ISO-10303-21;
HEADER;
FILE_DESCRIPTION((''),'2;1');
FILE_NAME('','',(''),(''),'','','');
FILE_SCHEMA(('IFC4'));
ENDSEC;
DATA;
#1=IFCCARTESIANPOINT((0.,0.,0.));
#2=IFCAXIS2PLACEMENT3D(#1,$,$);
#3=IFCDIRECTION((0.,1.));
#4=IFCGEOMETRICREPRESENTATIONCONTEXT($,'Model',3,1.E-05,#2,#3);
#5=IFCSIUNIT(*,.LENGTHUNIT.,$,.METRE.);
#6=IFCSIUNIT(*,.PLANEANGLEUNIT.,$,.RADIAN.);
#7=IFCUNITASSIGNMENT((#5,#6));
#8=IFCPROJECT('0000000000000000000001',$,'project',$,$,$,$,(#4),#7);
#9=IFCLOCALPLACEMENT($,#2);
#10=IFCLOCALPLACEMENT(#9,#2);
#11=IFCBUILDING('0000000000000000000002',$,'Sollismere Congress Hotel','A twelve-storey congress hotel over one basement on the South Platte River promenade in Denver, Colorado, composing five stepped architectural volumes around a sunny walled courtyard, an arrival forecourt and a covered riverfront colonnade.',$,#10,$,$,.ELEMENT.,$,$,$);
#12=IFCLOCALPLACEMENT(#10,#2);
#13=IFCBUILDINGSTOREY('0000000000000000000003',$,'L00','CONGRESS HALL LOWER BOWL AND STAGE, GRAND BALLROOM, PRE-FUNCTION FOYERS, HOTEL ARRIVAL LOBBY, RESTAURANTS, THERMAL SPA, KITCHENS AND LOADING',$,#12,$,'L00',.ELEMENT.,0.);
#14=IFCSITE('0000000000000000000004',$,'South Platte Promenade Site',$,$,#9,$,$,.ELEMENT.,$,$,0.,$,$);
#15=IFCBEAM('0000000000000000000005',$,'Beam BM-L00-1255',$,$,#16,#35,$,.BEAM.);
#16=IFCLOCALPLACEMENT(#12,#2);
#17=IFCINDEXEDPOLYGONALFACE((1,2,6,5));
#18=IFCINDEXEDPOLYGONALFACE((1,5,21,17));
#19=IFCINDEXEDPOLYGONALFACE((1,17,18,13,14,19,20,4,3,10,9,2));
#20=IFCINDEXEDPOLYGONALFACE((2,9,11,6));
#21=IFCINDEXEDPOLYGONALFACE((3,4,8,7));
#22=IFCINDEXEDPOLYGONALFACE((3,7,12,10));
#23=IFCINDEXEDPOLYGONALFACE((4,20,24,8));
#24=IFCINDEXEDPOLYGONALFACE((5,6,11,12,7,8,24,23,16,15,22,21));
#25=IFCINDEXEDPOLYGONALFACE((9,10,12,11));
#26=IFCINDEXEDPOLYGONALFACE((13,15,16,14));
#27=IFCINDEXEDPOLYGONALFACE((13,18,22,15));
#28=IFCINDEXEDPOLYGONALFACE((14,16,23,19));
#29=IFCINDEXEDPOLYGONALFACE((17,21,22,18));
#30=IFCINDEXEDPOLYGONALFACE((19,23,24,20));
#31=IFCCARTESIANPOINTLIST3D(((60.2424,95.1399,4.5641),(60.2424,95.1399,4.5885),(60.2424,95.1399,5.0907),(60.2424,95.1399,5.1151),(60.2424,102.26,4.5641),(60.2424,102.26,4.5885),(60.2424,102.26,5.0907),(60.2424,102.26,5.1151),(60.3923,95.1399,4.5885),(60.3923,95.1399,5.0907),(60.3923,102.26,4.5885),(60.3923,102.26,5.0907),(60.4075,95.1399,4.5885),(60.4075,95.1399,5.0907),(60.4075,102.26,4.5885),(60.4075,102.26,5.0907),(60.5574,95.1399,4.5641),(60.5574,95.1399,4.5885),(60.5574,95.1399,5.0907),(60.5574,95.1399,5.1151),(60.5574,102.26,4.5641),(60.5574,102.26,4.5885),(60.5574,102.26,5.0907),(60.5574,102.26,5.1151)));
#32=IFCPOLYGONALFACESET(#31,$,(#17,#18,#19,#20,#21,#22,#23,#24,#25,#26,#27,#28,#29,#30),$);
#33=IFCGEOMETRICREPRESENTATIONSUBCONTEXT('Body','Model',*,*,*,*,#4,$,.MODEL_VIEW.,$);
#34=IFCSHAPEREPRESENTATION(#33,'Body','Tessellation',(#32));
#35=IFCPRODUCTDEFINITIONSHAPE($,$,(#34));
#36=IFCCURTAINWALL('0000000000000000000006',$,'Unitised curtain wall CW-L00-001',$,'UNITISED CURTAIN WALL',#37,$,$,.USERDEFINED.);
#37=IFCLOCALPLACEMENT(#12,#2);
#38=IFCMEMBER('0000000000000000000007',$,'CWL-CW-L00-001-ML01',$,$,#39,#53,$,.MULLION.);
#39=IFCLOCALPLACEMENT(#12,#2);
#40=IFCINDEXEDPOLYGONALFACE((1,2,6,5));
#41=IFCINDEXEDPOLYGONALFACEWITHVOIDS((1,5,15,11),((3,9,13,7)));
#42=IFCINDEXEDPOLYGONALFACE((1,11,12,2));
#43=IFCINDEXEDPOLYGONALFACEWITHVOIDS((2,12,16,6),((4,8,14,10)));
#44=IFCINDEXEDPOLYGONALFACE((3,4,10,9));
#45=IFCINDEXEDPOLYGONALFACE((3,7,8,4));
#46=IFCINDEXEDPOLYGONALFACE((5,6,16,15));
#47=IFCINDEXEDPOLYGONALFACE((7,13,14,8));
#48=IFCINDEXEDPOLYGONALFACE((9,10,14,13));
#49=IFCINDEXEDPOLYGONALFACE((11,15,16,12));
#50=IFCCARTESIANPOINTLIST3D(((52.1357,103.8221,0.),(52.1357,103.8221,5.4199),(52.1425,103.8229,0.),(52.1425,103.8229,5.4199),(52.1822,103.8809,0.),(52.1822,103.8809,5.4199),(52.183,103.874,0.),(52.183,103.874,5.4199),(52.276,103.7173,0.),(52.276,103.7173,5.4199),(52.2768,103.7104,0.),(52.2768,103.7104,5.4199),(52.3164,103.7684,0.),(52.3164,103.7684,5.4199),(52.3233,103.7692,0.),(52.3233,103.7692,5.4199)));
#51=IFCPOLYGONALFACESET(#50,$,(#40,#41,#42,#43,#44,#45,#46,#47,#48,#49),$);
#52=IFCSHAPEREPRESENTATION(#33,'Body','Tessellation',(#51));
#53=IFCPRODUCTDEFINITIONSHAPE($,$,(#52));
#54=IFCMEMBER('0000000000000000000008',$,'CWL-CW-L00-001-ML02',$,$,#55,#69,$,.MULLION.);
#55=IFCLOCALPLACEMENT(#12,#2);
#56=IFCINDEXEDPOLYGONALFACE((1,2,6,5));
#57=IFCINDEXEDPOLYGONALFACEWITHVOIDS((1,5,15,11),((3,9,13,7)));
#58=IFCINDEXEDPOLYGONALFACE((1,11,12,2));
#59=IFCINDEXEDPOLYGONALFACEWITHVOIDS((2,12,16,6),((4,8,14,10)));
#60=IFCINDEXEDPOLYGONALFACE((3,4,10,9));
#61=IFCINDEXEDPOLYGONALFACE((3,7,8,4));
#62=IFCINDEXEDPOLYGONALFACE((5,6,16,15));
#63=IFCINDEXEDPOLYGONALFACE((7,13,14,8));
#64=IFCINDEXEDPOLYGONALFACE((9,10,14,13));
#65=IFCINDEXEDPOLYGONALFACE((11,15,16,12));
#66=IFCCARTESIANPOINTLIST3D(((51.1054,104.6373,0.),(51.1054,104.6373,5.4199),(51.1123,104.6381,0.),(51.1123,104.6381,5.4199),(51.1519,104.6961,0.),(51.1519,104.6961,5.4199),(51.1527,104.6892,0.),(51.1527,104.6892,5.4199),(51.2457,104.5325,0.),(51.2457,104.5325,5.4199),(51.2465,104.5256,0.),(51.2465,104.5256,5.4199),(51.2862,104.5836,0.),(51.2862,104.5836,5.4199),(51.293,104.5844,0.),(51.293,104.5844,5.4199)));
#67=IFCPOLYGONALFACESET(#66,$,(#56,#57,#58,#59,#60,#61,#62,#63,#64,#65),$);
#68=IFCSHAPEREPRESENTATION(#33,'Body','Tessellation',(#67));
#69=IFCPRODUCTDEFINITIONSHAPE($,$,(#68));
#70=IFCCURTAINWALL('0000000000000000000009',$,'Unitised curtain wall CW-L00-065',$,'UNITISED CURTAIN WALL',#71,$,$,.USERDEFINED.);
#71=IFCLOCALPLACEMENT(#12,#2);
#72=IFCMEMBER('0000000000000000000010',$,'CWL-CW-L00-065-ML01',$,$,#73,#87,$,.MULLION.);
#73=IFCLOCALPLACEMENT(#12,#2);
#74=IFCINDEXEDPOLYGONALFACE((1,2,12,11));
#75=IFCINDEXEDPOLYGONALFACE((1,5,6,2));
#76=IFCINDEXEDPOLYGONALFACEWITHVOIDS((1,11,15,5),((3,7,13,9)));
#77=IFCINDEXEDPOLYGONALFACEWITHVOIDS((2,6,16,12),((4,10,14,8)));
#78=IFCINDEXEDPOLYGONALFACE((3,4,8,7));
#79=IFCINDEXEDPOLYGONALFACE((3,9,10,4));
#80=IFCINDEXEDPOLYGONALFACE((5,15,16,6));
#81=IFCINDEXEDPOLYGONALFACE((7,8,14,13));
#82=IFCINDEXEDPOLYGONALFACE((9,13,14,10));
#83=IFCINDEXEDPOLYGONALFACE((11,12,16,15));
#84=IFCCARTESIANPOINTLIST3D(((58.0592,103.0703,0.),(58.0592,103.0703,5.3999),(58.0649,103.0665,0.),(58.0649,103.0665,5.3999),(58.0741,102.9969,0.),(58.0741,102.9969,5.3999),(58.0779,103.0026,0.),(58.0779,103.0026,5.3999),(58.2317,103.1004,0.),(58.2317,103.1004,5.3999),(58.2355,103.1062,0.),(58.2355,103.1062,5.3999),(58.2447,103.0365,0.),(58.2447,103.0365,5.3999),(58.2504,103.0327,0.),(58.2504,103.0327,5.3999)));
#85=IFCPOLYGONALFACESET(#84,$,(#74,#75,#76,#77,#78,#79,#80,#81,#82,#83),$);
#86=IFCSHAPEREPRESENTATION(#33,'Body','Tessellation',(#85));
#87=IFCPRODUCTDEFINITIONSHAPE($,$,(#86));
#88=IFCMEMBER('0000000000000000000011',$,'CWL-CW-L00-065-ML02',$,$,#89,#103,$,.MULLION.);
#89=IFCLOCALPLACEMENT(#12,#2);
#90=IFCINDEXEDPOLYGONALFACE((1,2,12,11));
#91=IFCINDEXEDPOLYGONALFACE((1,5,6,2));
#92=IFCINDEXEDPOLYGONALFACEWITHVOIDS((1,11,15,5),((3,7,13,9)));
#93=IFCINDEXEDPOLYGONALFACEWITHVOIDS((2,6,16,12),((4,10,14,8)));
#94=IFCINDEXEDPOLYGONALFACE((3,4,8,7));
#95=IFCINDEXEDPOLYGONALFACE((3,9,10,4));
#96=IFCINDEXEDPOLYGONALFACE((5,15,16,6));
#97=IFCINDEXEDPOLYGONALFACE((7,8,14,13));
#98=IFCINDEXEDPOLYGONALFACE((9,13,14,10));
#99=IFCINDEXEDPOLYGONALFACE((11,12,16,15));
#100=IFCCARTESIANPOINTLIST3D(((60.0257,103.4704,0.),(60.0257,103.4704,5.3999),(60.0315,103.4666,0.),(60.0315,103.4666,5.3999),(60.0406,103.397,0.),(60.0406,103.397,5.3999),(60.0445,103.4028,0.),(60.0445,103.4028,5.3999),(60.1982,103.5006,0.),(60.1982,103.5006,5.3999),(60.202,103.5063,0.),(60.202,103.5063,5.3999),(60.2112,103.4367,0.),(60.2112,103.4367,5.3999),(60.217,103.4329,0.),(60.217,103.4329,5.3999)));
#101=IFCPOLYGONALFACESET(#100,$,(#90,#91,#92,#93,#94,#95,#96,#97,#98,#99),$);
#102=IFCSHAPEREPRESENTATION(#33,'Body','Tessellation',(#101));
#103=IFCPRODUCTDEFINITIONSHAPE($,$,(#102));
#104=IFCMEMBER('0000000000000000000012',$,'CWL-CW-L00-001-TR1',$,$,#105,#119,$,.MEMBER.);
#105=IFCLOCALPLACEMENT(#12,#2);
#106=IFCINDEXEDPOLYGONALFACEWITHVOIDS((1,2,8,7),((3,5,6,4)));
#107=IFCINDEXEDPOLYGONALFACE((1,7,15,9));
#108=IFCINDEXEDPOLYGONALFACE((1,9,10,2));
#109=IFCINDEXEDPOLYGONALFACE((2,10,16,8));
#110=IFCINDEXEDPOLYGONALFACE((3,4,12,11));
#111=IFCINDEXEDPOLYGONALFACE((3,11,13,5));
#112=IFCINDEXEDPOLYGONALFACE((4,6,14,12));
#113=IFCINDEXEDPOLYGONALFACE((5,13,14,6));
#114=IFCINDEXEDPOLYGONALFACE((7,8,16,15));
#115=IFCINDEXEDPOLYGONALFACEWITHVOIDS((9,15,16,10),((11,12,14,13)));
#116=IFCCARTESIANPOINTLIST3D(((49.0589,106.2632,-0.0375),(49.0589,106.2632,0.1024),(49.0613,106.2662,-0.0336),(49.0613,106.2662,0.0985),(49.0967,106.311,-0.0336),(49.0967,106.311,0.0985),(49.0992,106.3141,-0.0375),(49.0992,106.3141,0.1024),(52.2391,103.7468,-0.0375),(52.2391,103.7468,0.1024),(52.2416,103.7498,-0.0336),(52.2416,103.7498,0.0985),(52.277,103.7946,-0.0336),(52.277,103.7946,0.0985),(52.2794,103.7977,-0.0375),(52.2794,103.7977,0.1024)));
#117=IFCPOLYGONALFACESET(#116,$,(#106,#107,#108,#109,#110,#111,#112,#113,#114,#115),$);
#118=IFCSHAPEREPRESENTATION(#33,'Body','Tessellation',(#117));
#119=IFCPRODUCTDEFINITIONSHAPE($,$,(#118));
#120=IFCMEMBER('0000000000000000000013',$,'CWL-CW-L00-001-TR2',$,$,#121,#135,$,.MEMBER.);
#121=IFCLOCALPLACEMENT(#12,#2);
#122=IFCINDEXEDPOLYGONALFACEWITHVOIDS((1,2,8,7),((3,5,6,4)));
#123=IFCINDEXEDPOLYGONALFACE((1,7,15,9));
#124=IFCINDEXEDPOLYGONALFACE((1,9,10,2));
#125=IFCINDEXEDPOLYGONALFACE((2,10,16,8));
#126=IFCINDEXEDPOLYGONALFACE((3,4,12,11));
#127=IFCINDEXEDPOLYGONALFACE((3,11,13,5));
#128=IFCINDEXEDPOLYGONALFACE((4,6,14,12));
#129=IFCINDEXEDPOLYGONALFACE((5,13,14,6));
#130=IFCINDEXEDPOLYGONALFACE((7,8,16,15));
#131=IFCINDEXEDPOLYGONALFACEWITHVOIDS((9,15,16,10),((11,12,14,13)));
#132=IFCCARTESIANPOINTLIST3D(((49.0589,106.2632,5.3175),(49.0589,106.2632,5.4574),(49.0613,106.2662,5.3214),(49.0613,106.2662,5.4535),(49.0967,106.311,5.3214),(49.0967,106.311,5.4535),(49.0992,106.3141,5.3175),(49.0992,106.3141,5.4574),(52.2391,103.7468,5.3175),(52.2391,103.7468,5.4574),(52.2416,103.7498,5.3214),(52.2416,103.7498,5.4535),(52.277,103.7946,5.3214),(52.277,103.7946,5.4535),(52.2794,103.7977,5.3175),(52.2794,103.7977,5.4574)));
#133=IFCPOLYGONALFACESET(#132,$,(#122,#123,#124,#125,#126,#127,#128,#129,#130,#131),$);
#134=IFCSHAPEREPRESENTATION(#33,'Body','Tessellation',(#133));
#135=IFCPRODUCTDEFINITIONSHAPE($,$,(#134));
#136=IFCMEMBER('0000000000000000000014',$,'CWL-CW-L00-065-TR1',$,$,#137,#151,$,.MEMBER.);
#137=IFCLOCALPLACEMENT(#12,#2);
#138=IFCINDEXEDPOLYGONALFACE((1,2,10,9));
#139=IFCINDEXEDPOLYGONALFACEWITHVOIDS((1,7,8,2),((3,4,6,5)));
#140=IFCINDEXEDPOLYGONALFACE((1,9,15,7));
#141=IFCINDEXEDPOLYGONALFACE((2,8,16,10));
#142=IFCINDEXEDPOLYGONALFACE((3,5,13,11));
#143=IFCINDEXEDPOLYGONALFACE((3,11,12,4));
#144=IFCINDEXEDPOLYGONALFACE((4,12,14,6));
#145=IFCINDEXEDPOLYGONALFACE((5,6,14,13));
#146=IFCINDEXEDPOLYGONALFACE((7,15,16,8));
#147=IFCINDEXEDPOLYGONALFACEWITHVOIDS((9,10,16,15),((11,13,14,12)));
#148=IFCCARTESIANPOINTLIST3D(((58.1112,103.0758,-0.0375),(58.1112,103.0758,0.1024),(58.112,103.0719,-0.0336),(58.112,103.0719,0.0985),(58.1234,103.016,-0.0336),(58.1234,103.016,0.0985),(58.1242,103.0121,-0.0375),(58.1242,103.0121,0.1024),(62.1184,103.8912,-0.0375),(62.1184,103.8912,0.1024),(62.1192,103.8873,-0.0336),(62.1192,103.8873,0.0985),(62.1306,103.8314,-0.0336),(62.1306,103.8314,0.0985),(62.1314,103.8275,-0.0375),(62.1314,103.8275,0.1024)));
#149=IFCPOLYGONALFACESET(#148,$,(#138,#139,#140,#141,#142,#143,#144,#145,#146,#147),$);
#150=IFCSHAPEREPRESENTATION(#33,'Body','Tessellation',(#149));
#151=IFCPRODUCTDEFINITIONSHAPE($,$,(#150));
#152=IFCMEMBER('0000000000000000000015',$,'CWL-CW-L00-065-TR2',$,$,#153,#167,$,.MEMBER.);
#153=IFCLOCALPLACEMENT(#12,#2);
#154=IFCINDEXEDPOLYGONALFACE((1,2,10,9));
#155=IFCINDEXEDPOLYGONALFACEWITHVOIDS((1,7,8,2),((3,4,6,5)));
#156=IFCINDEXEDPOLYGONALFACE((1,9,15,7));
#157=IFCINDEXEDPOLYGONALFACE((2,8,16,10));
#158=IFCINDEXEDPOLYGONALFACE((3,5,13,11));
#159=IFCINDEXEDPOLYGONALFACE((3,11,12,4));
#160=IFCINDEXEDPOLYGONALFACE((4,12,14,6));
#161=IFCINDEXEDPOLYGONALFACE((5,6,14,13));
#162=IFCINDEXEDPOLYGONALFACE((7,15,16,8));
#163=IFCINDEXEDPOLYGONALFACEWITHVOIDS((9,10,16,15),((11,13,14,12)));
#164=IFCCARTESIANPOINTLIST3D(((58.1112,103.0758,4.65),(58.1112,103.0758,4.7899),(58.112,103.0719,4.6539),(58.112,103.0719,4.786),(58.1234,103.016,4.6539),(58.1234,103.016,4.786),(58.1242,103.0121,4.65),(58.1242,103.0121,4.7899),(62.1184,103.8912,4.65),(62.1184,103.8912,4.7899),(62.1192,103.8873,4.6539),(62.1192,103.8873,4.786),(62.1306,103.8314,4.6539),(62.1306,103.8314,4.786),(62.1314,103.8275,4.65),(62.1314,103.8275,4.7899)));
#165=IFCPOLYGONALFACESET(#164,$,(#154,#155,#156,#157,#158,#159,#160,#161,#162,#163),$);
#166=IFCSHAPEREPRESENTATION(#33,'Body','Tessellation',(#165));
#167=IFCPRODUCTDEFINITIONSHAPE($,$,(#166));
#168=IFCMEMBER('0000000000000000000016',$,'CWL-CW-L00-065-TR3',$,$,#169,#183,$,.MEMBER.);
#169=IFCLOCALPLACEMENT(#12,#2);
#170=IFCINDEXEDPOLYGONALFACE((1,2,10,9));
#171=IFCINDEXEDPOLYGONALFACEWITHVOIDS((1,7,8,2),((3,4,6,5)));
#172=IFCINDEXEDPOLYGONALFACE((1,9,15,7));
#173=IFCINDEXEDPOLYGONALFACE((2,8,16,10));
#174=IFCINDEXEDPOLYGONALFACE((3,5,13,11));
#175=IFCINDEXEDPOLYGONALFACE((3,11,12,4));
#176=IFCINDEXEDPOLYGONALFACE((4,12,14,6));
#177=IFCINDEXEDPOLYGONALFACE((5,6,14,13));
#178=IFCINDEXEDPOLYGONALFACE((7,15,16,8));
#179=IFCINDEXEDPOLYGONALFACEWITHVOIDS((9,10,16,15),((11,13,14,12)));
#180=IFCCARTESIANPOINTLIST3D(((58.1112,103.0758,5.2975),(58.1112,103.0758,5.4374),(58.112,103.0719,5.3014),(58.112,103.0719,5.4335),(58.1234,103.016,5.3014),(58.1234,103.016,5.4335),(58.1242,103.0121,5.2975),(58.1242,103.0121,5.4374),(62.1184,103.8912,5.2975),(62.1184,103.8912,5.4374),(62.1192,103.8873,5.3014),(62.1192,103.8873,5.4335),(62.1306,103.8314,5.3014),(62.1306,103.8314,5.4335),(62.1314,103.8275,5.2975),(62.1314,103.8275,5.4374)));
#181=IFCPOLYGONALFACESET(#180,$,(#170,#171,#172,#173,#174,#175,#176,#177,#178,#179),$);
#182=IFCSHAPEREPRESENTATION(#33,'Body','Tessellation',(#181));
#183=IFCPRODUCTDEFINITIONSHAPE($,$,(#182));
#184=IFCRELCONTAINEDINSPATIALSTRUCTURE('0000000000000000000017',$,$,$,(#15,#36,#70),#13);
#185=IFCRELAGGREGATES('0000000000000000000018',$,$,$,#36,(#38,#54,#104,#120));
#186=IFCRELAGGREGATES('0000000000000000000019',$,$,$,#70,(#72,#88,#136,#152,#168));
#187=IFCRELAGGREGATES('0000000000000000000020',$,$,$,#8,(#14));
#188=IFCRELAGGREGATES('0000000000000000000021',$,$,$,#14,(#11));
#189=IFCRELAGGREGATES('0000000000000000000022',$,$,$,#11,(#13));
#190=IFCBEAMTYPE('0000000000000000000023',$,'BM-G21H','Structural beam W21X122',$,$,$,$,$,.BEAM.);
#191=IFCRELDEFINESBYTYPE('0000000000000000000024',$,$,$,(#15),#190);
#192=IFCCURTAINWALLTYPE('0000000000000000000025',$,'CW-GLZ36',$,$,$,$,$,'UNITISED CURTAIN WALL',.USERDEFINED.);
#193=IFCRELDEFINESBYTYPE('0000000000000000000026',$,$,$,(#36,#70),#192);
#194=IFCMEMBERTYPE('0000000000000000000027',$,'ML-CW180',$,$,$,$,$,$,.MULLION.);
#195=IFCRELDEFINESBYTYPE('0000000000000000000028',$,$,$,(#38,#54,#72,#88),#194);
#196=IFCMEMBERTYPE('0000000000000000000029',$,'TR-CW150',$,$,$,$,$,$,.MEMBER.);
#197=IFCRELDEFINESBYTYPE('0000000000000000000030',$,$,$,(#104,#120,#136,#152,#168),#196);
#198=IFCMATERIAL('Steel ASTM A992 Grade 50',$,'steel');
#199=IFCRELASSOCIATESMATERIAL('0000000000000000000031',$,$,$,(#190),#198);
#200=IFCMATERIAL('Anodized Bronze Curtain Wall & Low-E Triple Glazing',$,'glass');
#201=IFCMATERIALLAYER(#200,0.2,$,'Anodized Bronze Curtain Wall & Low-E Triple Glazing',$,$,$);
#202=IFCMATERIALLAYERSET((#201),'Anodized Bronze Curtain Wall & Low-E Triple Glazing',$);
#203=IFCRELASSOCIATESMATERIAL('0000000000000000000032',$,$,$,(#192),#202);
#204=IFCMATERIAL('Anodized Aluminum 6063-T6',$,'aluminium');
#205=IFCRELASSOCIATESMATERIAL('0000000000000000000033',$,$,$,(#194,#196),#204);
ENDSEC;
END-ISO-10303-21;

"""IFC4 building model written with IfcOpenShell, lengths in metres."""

from ifc_helpers import new_model, si_unit, direction, frame, origin, origin_2d, place, context, subcontext, project, spatial, hollow_rectangle, i_section, extrude, material, layer, layer_set, material_profile, profile_set, type_object, element, aggregate, save


model = new_model("IFC4")

# Units and contexts
model_context = context("Model", 3, precision=1e-05, world=origin(), true_north=direction((0.0, 1.0)))
body_context = subcontext(model_context, "Body", "Model", "MODEL_VIEW")
ifc_project = project(units=[si_unit("LENGTHUNIT", "METRE"), si_unit("PLANEANGLEUNIT", "RADIAN")], contexts=[model_context])

# Site, building, storey
site_placement = place(None, origin())
site = spatial("IfcSite", under=ifc_project, at=site_placement, Name="South Platte Promenade Site", CompositionType="ELEMENT", RefElevation=0.0)
building_placement = place(site_placement, origin())
building = spatial("IfcBuilding", under=site, at=building_placement, Name="Sollismere Congress Hotel", Description="A twelve-storey congress hotel over one basement on the South Platte River promenade in Denver, Colorado, composing five stepped architectural volumes around a sunny walled courtyard, an arrival forecourt and a covered riverfront colonnade.", CompositionType="ELEMENT")
storey_placement = place(building_placement, origin())
storey = spatial("IfcBuildingStorey", under=building, at=storey_placement, Name="L00", Description="CONGRESS HALL LOWER BOWL AND STAGE, GRAND BALLROOM, PRE-FUNCTION FOYERS, HOTEL ARRIVAL LOBBY, RESTAURANTS, THERMAL SPA, KITCHENS AND LOADING", LongName="L00", CompositionType="ELEMENT", Elevation=0.0)

# Shared definitions
ifc_material_1 = material(Name="Steel ASTM A992 Grade 50", Category="steel")

# Beam
ifc_material_profile_1 = material_profile(ifc_material_1, i_section(OverallWidth=0.3149, OverallDepth=0.551, WebThickness=0.0151, FlangeThickness=0.0244, at=origin_2d()), Name="W21X122")
ifc_profile_set_1 = profile_set([ifc_material_profile_1], Name="Steel ASTM A992 Grade 50")
beam_type_1 = type_object("IfcBeamType", Name="BM-G21H", Description="Structural beam W21X122", PredefinedType="BEAM", material=ifc_profile_set_1)
beam_1_placement = place(storey_placement, frame((60.3999, 95.1399, 4.8396), z_axis=(0.0, 1.0, 0.0), x_axis=(-1.0, 0.0, 0.0)))
element("IfcBeam", 1, at=beam_1_placement, inside=storey, type_object=beam_type_1, Name="Beam BM-L00-1255", PredefinedType="BEAM", context=body_context, shape_type="SweptSolid", body=[
    extrude(i_section(OverallWidth=0.3149, OverallDepth=0.551, WebThickness=0.0151, FlangeThickness=0.0244, at=origin_2d()), origin(), (0.0, 0.0, 1.0), 7.1201),
])

# Curtain walls, members
ifc_material_2 = material(Name="Anodized Bronze Curtain Wall & Low-E Triple Glazing", Category="glass")
ifc_layer_1 = layer(ifc_material_2, 0.2, Name="Anodized Bronze Curtain Wall & Low-E Triple Glazing")
ifc_layer_set_1 = layer_set([ifc_layer_1], Name="Anodized Bronze Curtain Wall & Low-E Triple Glazing")
curtain_wall_type = type_object("IfcCurtainWallType", Name="CW-GLZ36", ElementType="UNITISED CURTAIN WALL", PredefinedType="USERDEFINED", material=ifc_layer_set_1)
curtain_wall_1_placement = place(storey_placement, origin())
curtain_wall_1 = element("IfcCurtainWall", 2, at=curtain_wall_1_placement, inside=storey, type_object=curtain_wall_type, Name="Unitised curtain wall CW-L00-001", ObjectType="UNITISED CURTAIN WALL", PredefinedType="USERDEFINED")
ifc_material_3 = material(Name="Anodized Aluminum 6063-T6", Category="aluminium")
ifc_material_profile_2 = material_profile(ifc_material_3, hollow_rectangle(XDim=0.075, YDim=0.1799, WallThickness=0.0049, at=origin_2d()), Name="ALU180X75X5")
ifc_profile_set_2 = profile_set([ifc_material_profile_2], Name="Anodized Aluminum 6063-T6")
member_type_1 = type_object("IfcMemberType", Name="ML-CW180", PredefinedType="MULLION", material=ifc_profile_set_2)
member_1_placement = place(storey_placement, frame((52.2295, 103.7957, 0.0), z_axis=(0.0, 0.0, 1.0), x_axis=(-0.620532, -0.784181, 0.0)))
member_1 = element("IfcMember", 3, at=member_1_placement, type_object=member_type_1, Name="CWL-CW-L00-001-ML01", PredefinedType="MULLION", context=body_context, shape_type="SweptSolid", body=[
    extrude(hollow_rectangle(XDim=0.075, YDim=0.1799, WallThickness=0.0049, at=origin_2d()), origin(), (0.0, 0.0, 1.0), 5.4199),
])
member_2_placement = place(storey_placement, frame((51.1992, 104.6108, 0.0), z_axis=(0.0, 0.0, 1.0), x_axis=(-0.620532, -0.784181, 0.0)))
member_2 = element("IfcMember", 4, at=member_2_placement, type_object=member_type_1, Name="CWL-CW-L00-001-ML02", PredefinedType="MULLION", context=body_context, shape_type="SweptSolid", body=[
    extrude(hollow_rectangle(XDim=0.075, YDim=0.1799, WallThickness=0.0049, at=origin_2d()), origin(), (0.0, 0.0, 1.0), 5.4199),
])
curtain_wall_2_placement = place(storey_placement, origin())
curtain_wall_2 = element("IfcCurtainWall", 5, at=curtain_wall_2_placement, inside=storey, type_object=curtain_wall_type, Name="Unitised curtain wall CW-L00-065", ObjectType="UNITISED CURTAIN WALL", PredefinedType="USERDEFINED")
member_3_placement = place(storey_placement, frame((58.1548, 103.0515, 0.0), z_axis=(0.0, 0.0, 1.0), x_axis=(-0.199368, 0.979925, 0.0)))
member_3 = element("IfcMember", 6, at=member_3_placement, type_object=member_type_1, Name="CWL-CW-L00-065-ML01", PredefinedType="MULLION", context=body_context, shape_type="SweptSolid", body=[
    extrude(hollow_rectangle(XDim=0.075, YDim=0.1799, WallThickness=0.0049, at=origin_2d()), origin(), (0.0, 0.0, 1.0), 5.3999),
])
member_4_placement = place(storey_placement, frame((60.1213, 103.4517, 0.0), z_axis=(0.0, 0.0, 1.0), x_axis=(-0.199368, 0.979925, 0.0)))
member_4 = element("IfcMember", 7, at=member_4_placement, type_object=member_type_1, Name="CWL-CW-L00-065-ML02", PredefinedType="MULLION", context=body_context, shape_type="SweptSolid", body=[
    extrude(hollow_rectangle(XDim=0.075, YDim=0.1799, WallThickness=0.0049, at=origin_2d()), origin(), (0.0, 0.0, 1.0), 5.3999),
])

# Members
ifc_material_profile_3 = material_profile(ifc_material_3, hollow_rectangle(XDim=0.0649, YDim=0.1399, WallThickness=0.0039, at=origin_2d()), Name="ALU140X65X4")
ifc_profile_set_3 = profile_set([ifc_material_profile_3], Name="Anodized Aluminum 6063-T6")
member_type_2 = type_object("IfcMemberType", Name="TR-CW150", PredefinedType="MEMBER", material=ifc_profile_set_3)
member_5_placement = place(storey_placement, frame((52.2593, 103.7722, 0.0325), z_axis=(-0.7842, 0.620509, 0.0), x_axis=(-0.620509, -0.7842, 0.0)))
member_5 = element("IfcMember", 8, at=member_5_placement, type_object=member_type_2, Name="CWL-CW-L00-001-TR1", PredefinedType="MEMBER", context=body_context, shape_type="SweptSolid", body=[
    extrude(hollow_rectangle(XDim=0.0649, YDim=0.1399, WallThickness=0.0039, at=origin_2d()), origin(), (0.0, 0.0, 1.0), 4.0554),
])
member_6_placement = place(storey_placement, frame((52.2593, 103.7722, 5.3875), z_axis=(-0.7842, 0.620509, 0.0), x_axis=(-0.620509, -0.7842, 0.0)))
member_6 = element("IfcMember", 9, at=member_6_placement, type_object=member_type_2, Name="CWL-CW-L00-001-TR2", PredefinedType="MEMBER", context=body_context, shape_type="SweptSolid", body=[
    extrude(hollow_rectangle(XDim=0.0649, YDim=0.1399, WallThickness=0.0039, at=origin_2d()), origin(), (0.0, 0.0, 1.0), 4.0554),
])
member_7_placement = place(storey_placement, frame((58.1177, 103.0439, 0.0325), z_axis=(0.979918, 0.199399, 0.0), x_axis=(-0.199399, 0.979918, 0.0)))
member_7 = element("IfcMember", 10, at=member_7_placement, type_object=member_type_2, Name="CWL-CW-L00-065-TR1", PredefinedType="MEMBER", context=body_context, shape_type="SweptSolid", body=[
    extrude(hollow_rectangle(XDim=0.0649, YDim=0.1399, WallThickness=0.0039, at=origin_2d()), origin(), (0.0, 0.0, 1.0), 4.0894),
])
member_8_placement = place(storey_placement, frame((58.1177, 103.0439, 4.72), z_axis=(0.979918, 0.199399, 0.0), x_axis=(-0.199399, 0.979918, 0.0)))
member_8 = element("IfcMember", 11, at=member_8_placement, type_object=member_type_2, Name="CWL-CW-L00-065-TR2", PredefinedType="MEMBER", context=body_context, shape_type="SweptSolid", body=[
    extrude(hollow_rectangle(XDim=0.0649, YDim=0.1399, WallThickness=0.0039, at=origin_2d()), origin(), (0.0, 0.0, 1.0), 4.0894),
])
member_9_placement = place(storey_placement, frame((58.1177, 103.0439, 5.3674), z_axis=(0.979918, 0.199399, 0.0), x_axis=(-0.199399, 0.979918, 0.0)))
member_9 = element("IfcMember", 12, at=member_9_placement, type_object=member_type_2, Name="CWL-CW-L00-065-TR3", PredefinedType="MEMBER", context=body_context, shape_type="SweptSolid", body=[
    extrude(hollow_rectangle(XDim=0.0649, YDim=0.1399, WallThickness=0.0039, at=origin_2d()), origin(), (0.0, 0.0, 1.0), 4.0894),
])

aggregate(curtain_wall_1, [member_1, member_2, member_5, member_6])
aggregate(curtain_wall_2, [member_3, member_4, member_7, member_8, member_9])

save(model, "model.ifc")
